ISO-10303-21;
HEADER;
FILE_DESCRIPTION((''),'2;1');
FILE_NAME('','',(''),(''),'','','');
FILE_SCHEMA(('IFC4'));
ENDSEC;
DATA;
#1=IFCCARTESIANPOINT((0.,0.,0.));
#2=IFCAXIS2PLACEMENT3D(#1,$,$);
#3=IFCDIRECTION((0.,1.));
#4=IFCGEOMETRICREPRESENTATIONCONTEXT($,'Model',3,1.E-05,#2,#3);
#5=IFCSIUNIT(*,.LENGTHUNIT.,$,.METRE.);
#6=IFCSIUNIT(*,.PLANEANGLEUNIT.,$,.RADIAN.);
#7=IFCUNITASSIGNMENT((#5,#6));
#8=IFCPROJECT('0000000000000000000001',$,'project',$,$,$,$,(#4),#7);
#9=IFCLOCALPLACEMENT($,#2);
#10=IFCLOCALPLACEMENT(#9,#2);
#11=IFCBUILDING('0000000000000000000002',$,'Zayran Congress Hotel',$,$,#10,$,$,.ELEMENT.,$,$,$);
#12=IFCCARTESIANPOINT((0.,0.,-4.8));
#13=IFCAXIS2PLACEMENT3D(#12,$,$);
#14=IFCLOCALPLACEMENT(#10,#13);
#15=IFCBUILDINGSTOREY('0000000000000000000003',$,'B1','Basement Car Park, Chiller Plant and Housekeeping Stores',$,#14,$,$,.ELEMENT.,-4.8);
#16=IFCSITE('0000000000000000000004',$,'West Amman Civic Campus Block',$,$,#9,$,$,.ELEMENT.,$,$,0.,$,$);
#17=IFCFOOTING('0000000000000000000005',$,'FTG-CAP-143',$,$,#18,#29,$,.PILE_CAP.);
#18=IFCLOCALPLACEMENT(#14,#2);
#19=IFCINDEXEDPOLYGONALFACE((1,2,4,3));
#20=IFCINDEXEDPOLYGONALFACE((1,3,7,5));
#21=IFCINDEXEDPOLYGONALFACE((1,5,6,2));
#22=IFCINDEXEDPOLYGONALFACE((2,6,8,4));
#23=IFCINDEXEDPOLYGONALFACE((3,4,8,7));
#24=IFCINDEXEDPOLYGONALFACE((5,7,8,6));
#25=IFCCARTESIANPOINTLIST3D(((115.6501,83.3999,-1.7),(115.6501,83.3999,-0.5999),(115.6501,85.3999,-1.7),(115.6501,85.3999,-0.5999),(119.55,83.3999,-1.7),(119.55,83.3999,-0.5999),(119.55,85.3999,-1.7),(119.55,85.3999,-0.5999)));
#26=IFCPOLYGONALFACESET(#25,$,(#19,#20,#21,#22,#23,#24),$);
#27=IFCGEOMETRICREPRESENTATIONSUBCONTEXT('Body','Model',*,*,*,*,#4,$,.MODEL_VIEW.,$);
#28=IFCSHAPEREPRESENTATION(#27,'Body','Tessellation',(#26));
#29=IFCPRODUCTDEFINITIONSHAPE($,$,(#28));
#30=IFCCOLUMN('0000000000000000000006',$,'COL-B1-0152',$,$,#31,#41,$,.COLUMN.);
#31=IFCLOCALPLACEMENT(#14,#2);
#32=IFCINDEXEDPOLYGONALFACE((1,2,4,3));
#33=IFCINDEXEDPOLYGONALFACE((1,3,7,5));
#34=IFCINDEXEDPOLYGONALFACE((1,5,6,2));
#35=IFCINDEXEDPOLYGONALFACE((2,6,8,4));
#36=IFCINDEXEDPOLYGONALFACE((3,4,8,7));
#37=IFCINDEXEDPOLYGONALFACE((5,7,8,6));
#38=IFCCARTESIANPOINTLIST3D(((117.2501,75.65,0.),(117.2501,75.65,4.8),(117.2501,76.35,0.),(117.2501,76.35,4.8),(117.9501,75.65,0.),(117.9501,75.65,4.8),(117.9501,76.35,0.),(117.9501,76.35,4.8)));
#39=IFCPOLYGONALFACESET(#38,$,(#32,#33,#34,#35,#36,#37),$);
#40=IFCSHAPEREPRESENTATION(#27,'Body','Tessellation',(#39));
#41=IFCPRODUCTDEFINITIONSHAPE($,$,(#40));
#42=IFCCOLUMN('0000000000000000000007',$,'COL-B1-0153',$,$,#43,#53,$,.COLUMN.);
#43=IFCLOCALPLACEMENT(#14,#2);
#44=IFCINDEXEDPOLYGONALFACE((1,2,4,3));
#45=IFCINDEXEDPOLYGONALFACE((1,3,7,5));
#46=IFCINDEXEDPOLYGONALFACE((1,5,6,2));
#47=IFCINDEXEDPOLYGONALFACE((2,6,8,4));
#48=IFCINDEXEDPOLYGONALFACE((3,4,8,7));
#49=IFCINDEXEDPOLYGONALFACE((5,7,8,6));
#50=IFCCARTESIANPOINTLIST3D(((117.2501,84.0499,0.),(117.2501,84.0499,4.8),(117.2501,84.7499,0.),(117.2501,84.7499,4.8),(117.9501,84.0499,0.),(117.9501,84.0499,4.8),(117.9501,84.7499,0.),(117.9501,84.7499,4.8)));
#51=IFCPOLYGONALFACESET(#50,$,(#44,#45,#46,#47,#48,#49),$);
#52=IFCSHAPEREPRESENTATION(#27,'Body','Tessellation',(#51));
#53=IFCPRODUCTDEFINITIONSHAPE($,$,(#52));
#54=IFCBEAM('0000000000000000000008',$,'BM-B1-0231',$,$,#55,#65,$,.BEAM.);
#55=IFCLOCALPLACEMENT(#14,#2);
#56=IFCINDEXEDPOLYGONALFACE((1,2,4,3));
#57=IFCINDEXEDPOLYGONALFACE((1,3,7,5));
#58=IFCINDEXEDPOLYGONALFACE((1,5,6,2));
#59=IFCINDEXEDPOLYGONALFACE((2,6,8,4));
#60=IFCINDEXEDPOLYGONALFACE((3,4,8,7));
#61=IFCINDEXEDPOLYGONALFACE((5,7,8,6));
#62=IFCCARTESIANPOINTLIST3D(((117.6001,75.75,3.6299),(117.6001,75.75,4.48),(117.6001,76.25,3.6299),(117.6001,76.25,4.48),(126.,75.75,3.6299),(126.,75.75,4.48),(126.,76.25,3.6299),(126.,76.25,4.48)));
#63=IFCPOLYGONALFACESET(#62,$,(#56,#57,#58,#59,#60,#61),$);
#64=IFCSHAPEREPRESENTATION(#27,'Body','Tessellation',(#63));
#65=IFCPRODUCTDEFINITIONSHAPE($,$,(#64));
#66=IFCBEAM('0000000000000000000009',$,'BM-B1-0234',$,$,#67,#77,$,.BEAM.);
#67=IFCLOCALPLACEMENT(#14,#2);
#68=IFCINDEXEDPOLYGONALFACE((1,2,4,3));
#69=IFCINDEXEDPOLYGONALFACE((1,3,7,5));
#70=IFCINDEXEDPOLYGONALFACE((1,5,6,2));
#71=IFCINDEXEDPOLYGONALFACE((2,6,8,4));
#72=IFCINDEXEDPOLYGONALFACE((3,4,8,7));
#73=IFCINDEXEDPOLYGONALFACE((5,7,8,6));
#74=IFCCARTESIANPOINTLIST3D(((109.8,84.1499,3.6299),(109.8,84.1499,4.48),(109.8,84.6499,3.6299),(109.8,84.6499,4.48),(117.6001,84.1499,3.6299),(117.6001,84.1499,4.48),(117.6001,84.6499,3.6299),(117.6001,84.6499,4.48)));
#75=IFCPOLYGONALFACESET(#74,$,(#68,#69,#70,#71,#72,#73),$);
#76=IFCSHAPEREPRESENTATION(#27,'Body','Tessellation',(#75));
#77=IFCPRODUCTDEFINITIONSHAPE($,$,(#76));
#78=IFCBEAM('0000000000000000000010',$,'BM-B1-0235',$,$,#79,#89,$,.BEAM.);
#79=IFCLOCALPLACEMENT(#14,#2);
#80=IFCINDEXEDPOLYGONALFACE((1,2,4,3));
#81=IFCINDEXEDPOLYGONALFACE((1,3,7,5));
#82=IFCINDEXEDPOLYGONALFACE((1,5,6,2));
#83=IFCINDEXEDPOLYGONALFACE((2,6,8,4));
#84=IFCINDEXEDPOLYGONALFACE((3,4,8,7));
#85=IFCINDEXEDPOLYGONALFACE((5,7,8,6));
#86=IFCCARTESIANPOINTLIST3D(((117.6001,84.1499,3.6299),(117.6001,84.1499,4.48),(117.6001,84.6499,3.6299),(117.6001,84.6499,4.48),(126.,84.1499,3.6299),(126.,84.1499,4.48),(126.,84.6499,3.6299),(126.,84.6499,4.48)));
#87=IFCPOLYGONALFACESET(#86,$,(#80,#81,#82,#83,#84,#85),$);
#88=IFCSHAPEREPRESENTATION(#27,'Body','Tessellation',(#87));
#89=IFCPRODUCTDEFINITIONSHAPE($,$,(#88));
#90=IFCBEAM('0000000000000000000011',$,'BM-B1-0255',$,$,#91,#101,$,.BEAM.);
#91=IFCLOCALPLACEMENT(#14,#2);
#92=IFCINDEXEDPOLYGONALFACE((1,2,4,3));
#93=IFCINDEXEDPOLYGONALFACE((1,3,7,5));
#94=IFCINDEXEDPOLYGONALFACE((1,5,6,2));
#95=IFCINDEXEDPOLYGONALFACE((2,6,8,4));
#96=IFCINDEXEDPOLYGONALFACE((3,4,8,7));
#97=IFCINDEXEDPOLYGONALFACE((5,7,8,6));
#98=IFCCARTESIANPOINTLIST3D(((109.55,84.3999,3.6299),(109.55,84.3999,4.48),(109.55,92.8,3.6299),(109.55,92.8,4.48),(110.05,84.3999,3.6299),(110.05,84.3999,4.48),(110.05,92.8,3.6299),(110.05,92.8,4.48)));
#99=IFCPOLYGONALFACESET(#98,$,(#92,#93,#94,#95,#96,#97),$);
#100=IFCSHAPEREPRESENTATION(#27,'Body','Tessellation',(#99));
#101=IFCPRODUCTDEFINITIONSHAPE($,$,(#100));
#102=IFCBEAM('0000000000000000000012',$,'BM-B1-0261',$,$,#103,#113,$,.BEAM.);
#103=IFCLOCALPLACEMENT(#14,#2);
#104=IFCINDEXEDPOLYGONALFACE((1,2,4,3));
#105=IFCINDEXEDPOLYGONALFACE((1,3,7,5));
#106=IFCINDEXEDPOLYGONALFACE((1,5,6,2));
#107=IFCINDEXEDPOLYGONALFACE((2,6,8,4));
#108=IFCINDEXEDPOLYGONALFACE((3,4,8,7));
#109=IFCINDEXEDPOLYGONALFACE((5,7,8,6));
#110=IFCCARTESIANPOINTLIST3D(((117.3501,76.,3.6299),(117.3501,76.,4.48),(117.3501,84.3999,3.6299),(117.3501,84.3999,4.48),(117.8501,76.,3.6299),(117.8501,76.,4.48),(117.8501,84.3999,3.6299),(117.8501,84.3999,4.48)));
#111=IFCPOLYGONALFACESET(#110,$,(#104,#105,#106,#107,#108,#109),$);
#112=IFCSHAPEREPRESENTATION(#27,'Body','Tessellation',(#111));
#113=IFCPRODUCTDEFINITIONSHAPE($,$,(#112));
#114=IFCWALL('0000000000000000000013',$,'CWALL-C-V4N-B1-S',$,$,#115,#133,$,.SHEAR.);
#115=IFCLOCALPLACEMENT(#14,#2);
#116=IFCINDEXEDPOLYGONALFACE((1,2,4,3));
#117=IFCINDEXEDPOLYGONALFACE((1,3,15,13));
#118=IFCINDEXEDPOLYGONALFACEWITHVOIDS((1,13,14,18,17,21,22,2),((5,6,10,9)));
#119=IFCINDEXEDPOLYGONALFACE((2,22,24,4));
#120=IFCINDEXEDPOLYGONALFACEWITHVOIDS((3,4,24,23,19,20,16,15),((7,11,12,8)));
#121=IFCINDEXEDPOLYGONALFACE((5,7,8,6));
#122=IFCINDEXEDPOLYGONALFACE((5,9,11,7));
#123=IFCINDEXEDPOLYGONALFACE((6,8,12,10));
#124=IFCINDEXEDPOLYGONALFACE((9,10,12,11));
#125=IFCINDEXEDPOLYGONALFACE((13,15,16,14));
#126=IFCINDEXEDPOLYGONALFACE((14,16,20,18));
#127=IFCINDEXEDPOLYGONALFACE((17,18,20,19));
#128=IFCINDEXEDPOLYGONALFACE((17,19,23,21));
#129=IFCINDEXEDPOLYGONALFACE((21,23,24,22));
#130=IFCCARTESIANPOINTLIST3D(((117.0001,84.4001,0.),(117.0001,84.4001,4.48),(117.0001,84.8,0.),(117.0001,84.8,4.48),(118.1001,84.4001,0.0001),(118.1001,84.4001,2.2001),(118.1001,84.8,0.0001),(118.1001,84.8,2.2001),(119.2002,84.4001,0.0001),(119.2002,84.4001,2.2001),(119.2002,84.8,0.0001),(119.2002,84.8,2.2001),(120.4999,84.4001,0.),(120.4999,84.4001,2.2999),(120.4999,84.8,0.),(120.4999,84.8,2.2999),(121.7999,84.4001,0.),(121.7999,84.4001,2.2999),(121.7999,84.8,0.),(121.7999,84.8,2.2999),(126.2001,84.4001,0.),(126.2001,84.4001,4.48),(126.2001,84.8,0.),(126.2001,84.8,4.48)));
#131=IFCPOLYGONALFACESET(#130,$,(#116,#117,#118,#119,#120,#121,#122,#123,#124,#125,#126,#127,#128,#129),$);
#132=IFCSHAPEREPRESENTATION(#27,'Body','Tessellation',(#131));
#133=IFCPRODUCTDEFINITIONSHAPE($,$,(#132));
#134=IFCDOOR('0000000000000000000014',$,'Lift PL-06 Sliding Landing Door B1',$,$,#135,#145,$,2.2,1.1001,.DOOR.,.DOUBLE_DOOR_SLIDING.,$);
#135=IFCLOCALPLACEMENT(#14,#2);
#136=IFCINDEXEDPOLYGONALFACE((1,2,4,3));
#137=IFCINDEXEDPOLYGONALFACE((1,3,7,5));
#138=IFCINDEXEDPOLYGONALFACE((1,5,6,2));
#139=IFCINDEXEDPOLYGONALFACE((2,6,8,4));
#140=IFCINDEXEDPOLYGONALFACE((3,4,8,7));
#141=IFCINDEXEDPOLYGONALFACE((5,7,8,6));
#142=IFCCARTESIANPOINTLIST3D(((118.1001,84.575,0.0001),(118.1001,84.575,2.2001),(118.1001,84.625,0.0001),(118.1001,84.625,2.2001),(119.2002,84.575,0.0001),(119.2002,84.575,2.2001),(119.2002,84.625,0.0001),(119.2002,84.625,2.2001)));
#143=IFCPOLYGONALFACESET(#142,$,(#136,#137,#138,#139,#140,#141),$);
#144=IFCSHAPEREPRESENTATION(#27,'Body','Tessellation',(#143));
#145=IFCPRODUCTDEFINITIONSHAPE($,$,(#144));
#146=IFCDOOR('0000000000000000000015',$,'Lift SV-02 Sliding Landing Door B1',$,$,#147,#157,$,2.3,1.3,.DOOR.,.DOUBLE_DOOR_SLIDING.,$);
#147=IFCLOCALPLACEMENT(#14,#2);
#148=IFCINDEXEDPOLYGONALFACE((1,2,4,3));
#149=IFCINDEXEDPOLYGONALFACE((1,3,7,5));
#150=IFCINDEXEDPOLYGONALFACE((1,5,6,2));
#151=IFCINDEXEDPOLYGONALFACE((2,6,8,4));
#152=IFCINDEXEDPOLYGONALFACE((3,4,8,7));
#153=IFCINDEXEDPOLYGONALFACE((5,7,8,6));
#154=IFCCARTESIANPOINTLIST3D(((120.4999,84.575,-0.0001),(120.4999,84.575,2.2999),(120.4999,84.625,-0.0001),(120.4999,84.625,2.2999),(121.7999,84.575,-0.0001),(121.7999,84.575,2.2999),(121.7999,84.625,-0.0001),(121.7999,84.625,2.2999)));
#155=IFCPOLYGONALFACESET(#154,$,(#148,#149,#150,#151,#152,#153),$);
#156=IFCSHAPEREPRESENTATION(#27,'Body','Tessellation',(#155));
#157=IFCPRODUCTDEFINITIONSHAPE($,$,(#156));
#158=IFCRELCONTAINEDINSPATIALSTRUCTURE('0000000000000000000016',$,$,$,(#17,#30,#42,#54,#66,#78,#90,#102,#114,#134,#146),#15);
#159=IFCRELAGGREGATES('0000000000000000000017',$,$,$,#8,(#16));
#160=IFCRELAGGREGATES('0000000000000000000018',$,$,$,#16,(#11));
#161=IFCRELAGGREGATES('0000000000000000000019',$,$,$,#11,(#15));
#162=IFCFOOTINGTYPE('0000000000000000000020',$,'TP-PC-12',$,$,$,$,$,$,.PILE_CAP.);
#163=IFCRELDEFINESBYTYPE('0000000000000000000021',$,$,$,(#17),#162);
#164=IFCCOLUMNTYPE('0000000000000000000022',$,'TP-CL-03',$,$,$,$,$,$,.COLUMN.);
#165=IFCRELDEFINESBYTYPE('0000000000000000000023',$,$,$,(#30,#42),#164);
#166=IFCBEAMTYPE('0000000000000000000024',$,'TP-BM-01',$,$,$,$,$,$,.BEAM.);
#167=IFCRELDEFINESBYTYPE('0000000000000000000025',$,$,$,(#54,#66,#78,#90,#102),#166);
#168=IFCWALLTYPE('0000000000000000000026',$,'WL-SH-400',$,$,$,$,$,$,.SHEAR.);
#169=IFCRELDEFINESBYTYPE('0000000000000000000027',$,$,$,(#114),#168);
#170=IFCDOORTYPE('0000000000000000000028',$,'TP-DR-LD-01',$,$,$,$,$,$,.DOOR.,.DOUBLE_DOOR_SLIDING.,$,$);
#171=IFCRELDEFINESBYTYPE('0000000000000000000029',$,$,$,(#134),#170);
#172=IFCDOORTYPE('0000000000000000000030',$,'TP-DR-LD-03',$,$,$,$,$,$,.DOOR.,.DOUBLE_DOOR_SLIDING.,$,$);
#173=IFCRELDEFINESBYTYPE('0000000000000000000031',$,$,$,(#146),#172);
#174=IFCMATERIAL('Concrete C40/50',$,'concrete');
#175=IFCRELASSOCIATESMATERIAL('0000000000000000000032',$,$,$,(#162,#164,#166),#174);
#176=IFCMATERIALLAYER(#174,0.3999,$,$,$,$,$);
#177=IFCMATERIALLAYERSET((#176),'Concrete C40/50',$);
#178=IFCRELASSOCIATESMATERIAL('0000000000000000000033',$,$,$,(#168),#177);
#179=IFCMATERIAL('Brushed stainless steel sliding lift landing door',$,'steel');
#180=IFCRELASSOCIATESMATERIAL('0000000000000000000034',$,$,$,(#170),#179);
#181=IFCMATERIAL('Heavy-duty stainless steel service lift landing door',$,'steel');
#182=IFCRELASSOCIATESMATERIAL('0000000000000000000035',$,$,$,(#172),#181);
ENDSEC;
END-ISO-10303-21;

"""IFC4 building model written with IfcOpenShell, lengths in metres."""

from ifc_helpers import new_model, si_unit, direction, frame, frame_2d, origin, origin_2d, place, context, subcontext, project, spatial, rectangle, extrude, material, layer, layer_set, material_profile, profile_set, type_object, element, fill, save


model = new_model("IFC4")

# Units and contexts
model_context = context("Model", 3, precision=1e-05, world=origin(), true_north=direction((0.0, 1.0)))
body_context = subcontext(model_context, "Body", "Model", "MODEL_VIEW")
ifc_project = project(units=[si_unit("LENGTHUNIT", "METRE"), si_unit("PLANEANGLEUNIT", "RADIAN")], contexts=[model_context])

# Site, building, storey
site_placement = place(None, origin())
site = spatial("IfcSite", under=ifc_project, at=site_placement, Name="West Amman Civic Campus Block", CompositionType="ELEMENT", RefElevation=0.0)
building_placement = place(site_placement, origin())
building = spatial("IfcBuilding", under=site, at=building_placement, Name="Zayran Congress Hotel", CompositionType="ELEMENT")
storey_placement = place(building_placement, frame((0.0, 0.0, -4.8)))
storey = spatial("IfcBuildingStorey", under=building, at=storey_placement, Name="B1", Description="Basement Car Park, Chiller Plant and Housekeeping Stores", CompositionType="ELEMENT", Elevation=-4.8)

# Shared definitions
ifc_material_1 = material(Name="Concrete C40/50", Category="concrete")

# Footing
footing_type_1 = type_object("IfcFootingType", Name="TP-PC-12", PredefinedType="PILE_CAP", material=ifc_material_1)
footing_1_placement = place(storey_placement, frame((117.6001, 84.3999, -1.7), z_axis=(0.0, 0.0, 1.0), x_axis=(1.0, 0.0, 0.0)))
element("IfcFooting", 1, at=footing_1_placement, inside=storey, type_object=footing_type_1, Name="FTG-CAP-143", PredefinedType="PILE_CAP", context=body_context, shape_type="SweptSolid", body=[
    extrude(rectangle(XDim=3.8999, YDim=2.0, at=origin_2d()), origin(), (0.0, 0.0, 1.0), 1.1001),
])

# Columns
ifc_material_profile_1 = material_profile(ifc_material_1, rectangle(XDim=0.7, YDim=0.7, at=origin_2d()), Name="RC 700x700")
ifc_profile_set_1 = profile_set([ifc_material_profile_1], Name="Concrete C40/50")
column_type = type_object("IfcColumnType", Name="TP-CL-03", PredefinedType="COLUMN", material=ifc_profile_set_1)
for number, where, z_axis, x_axis, name in (
    (2, (117.6001, 76.0, 0.0), (0.0, 0.0, 1.0), (1.0, 0.0, 0.0), "COL-B1-0152"),
    (3, (117.6001, 84.3999, 0.0), (0.0, 0.0, 1.0), (1.0, 0.0, 0.0), "COL-B1-0153"),
):
    element("IfcColumn", number, at=place(storey_placement, frame(where, z_axis=z_axis, x_axis=x_axis)), inside=storey, type_object=column_type, Name=name, PredefinedType="COLUMN", context=body_context, shape_type="SweptSolid", body=[
        extrude(rectangle(XDim=0.7, YDim=0.7, at=origin_2d()), origin(), (0.0, 0.0, 1.0), 4.8),
    ])

# Beams
ifc_material_profile_2 = material_profile(ifc_material_1, rectangle(XDim=0.5, YDim=0.8501, at=origin_2d()), Name="RC 500x850")
ifc_profile_set_2 = profile_set([ifc_material_profile_2], Name="Concrete C40/50")
beam_type = type_object("IfcBeamType", Name="TP-BM-01", PredefinedType="BEAM", material=ifc_profile_set_2)
beam_1_placement = place(storey_placement, frame((117.6001, 76.0, 4.0549), z_axis=(1.0, 0.0, 0.0), x_axis=(0.0, 1.0, 0.0)))
element("IfcBeam", 4, at=beam_1_placement, inside=storey, type_object=beam_type, Name="BM-B1-0231", PredefinedType="BEAM", context=body_context, shape_type="SweptSolid", body=[
    extrude(rectangle(XDim=0.5, YDim=0.8501, at=origin_2d()), origin(), (0.0, 0.0, 1.0), 8.3999),
])
beam_2_placement = place(storey_placement, frame((109.8, 84.3999, 4.0549), z_axis=(1.0, 0.0, 0.0), x_axis=(0.0, 1.0, 0.0)))
element("IfcBeam", 5, at=beam_2_placement, inside=storey, type_object=beam_type, Name="BM-B1-0234", PredefinedType="BEAM", context=body_context, shape_type="SweptSolid", body=[
    extrude(rectangle(XDim=0.5, YDim=0.8501, at=origin_2d()), origin(), (0.0, 0.0, 1.0), 7.8),
])
beam_3_placement = place(storey_placement, frame((117.6001, 84.3999, 4.0549), z_axis=(1.0, 0.0, 0.0), x_axis=(0.0, 1.0, 0.0)))
element("IfcBeam", 6, at=beam_3_placement, inside=storey, type_object=beam_type, Name="BM-B1-0235", PredefinedType="BEAM", context=body_context, shape_type="SweptSolid", body=[
    extrude(rectangle(XDim=0.5, YDim=0.8501, at=origin_2d()), origin(), (0.0, 0.0, 1.0), 8.3999),
])
beam_4_placement = place(storey_placement, frame((109.8, 84.3999, 4.0549), z_axis=(0.0, 1.0, 0.0), x_axis=(-1.0, 0.0, 0.0)))
element("IfcBeam", 7, at=beam_4_placement, inside=storey, type_object=beam_type, Name="BM-B1-0255", PredefinedType="BEAM", context=body_context, shape_type="SweptSolid", body=[
    extrude(rectangle(XDim=0.5, YDim=0.8501, at=origin_2d()), origin(), (0.0, 0.0, 1.0), 8.4001),
])
beam_5_placement = place(storey_placement, frame((117.6001, 76.0, 4.0549), z_axis=(0.0, 1.0, 0.0), x_axis=(-1.0, 0.0, 0.0)))
element("IfcBeam", 8, at=beam_5_placement, inside=storey, type_object=beam_type, Name="BM-B1-0261", PredefinedType="BEAM", context=body_context, shape_type="SweptSolid", body=[
    extrude(rectangle(XDim=0.5, YDim=0.8501, at=origin_2d()), origin(), (0.0, 0.0, 1.0), 8.3999),
])

# Wall, openings, doors
ifc_layer_1 = layer(ifc_material_1, 0.3999)
ifc_layer_set_1 = layer_set([ifc_layer_1], Name="Concrete C40/50")
wall_type_1 = type_object("IfcWallType", Name="WL-SH-400", PredefinedType="SHEAR", material=ifc_layer_set_1)
wall_1_placement = place(storey_placement, frame((117.0, 84.6001, 0.0), z_axis=(0.0, 0.0, 1.0), x_axis=(1.0, 0.0, 0.0)))
wall_1 = element("IfcWall", 9, at=wall_1_placement, inside=storey, type_object=wall_type_1, Name="CWALL-C-V4N-B1-S", PredefinedType="SHEAR", context=body_context, shape_type="SweptSolid", body=[
    extrude(rectangle(XDim=9.2, YDim=0.3999, at=frame_2d((4.6001, 0.0))), origin(), (0.0, 0.0, 1.0), 4.48),
])
opening_1_placement = place(wall_1_placement, frame((1.1001, 0.0, 0.0)))
opening_1 = element("IfcOpeningElement", 10, at=opening_1_placement, cuts=wall_1, PredefinedType="OPENING", context=body_context, shape_type="SweptSolid", body=[
    extrude(rectangle(XDim=1.1001, YDim=2.2, at=frame_2d((0.55, 1.1001))), frame((0.0, 0.21, 0.0), z_axis=(0.0, -1.0, 0.0), x_axis=(1.0, 0.0, 0.0)), (0.0, 0.0, 1.0), 0.4199),
])
opening_2_placement = place(wall_1_placement, frame((3.5, 0.0, 0.0)))
opening_2 = element("IfcOpeningElement", 11, at=opening_2_placement, cuts=wall_1, PredefinedType="OPENING", context=body_context, shape_type="SweptSolid", body=[
    extrude(rectangle(XDim=1.3, YDim=2.3, at=frame_2d((0.6499, 1.1499))), frame((0.0, 0.21, 0.0), z_axis=(0.0, -1.0, 0.0), x_axis=(1.0, 0.0, 0.0)), (0.0, 0.0, 1.0), 0.4199),
])
ifc_material_2 = material(Name="Brushed stainless steel sliding lift landing door", Category="steel")
door_type_1 = type_object("IfcDoorType", Name="TP-DR-LD-01", OperationType="DOUBLE_DOOR_SLIDING", PredefinedType="DOOR", material=ifc_material_2)
door_1_placement = place(opening_1_placement, origin())
door_1 = element("IfcDoor", 12, at=door_1_placement, inside=storey, type_object=door_type_1, Name="Lift PL-06 Sliding Landing Door B1", OperationType="DOUBLE_DOOR_SLIDING", OverallHeight=2.2, OverallWidth=1.1001, PredefinedType="DOOR", context=body_context, shape_type="SweptSolid", body=[
    extrude(rectangle(XDim=1.1001, YDim=2.2, at=frame_2d((0.55, 1.1001))), frame((0.0, 0.0249, 0.0), z_axis=(0.0, -1.0, 0.0), x_axis=(1.0, 0.0, 0.0)), (0.0, 0.0, 1.0), 0.05),
])
fill(opening_1, door_1)
ifc_material_3 = material(Name="Heavy-duty stainless steel service lift landing door", Category="steel")
door_type_2 = type_object("IfcDoorType", Name="TP-DR-LD-03", OperationType="DOUBLE_DOOR_SLIDING", PredefinedType="DOOR", material=ifc_material_3)
door_2_placement = place(opening_2_placement, origin())
door_2 = element("IfcDoor", 13, at=door_2_placement, inside=storey, type_object=door_type_2, Name="Lift SV-02 Sliding Landing Door B1", OperationType="DOUBLE_DOOR_SLIDING", OverallHeight=2.3, OverallWidth=1.3, PredefinedType="DOOR", context=body_context, shape_type="SweptSolid", body=[
    extrude(rectangle(XDim=1.3, YDim=2.3, at=frame_2d((0.6499, 1.1499))), frame((0.0, 0.0249, 0.0), z_axis=(0.0, -1.0, 0.0), x_axis=(1.0, 0.0, 0.0)), (0.0, 0.0, 1.0), 0.05),
])
fill(opening_2, door_2)

save(model, "model.ifc")
